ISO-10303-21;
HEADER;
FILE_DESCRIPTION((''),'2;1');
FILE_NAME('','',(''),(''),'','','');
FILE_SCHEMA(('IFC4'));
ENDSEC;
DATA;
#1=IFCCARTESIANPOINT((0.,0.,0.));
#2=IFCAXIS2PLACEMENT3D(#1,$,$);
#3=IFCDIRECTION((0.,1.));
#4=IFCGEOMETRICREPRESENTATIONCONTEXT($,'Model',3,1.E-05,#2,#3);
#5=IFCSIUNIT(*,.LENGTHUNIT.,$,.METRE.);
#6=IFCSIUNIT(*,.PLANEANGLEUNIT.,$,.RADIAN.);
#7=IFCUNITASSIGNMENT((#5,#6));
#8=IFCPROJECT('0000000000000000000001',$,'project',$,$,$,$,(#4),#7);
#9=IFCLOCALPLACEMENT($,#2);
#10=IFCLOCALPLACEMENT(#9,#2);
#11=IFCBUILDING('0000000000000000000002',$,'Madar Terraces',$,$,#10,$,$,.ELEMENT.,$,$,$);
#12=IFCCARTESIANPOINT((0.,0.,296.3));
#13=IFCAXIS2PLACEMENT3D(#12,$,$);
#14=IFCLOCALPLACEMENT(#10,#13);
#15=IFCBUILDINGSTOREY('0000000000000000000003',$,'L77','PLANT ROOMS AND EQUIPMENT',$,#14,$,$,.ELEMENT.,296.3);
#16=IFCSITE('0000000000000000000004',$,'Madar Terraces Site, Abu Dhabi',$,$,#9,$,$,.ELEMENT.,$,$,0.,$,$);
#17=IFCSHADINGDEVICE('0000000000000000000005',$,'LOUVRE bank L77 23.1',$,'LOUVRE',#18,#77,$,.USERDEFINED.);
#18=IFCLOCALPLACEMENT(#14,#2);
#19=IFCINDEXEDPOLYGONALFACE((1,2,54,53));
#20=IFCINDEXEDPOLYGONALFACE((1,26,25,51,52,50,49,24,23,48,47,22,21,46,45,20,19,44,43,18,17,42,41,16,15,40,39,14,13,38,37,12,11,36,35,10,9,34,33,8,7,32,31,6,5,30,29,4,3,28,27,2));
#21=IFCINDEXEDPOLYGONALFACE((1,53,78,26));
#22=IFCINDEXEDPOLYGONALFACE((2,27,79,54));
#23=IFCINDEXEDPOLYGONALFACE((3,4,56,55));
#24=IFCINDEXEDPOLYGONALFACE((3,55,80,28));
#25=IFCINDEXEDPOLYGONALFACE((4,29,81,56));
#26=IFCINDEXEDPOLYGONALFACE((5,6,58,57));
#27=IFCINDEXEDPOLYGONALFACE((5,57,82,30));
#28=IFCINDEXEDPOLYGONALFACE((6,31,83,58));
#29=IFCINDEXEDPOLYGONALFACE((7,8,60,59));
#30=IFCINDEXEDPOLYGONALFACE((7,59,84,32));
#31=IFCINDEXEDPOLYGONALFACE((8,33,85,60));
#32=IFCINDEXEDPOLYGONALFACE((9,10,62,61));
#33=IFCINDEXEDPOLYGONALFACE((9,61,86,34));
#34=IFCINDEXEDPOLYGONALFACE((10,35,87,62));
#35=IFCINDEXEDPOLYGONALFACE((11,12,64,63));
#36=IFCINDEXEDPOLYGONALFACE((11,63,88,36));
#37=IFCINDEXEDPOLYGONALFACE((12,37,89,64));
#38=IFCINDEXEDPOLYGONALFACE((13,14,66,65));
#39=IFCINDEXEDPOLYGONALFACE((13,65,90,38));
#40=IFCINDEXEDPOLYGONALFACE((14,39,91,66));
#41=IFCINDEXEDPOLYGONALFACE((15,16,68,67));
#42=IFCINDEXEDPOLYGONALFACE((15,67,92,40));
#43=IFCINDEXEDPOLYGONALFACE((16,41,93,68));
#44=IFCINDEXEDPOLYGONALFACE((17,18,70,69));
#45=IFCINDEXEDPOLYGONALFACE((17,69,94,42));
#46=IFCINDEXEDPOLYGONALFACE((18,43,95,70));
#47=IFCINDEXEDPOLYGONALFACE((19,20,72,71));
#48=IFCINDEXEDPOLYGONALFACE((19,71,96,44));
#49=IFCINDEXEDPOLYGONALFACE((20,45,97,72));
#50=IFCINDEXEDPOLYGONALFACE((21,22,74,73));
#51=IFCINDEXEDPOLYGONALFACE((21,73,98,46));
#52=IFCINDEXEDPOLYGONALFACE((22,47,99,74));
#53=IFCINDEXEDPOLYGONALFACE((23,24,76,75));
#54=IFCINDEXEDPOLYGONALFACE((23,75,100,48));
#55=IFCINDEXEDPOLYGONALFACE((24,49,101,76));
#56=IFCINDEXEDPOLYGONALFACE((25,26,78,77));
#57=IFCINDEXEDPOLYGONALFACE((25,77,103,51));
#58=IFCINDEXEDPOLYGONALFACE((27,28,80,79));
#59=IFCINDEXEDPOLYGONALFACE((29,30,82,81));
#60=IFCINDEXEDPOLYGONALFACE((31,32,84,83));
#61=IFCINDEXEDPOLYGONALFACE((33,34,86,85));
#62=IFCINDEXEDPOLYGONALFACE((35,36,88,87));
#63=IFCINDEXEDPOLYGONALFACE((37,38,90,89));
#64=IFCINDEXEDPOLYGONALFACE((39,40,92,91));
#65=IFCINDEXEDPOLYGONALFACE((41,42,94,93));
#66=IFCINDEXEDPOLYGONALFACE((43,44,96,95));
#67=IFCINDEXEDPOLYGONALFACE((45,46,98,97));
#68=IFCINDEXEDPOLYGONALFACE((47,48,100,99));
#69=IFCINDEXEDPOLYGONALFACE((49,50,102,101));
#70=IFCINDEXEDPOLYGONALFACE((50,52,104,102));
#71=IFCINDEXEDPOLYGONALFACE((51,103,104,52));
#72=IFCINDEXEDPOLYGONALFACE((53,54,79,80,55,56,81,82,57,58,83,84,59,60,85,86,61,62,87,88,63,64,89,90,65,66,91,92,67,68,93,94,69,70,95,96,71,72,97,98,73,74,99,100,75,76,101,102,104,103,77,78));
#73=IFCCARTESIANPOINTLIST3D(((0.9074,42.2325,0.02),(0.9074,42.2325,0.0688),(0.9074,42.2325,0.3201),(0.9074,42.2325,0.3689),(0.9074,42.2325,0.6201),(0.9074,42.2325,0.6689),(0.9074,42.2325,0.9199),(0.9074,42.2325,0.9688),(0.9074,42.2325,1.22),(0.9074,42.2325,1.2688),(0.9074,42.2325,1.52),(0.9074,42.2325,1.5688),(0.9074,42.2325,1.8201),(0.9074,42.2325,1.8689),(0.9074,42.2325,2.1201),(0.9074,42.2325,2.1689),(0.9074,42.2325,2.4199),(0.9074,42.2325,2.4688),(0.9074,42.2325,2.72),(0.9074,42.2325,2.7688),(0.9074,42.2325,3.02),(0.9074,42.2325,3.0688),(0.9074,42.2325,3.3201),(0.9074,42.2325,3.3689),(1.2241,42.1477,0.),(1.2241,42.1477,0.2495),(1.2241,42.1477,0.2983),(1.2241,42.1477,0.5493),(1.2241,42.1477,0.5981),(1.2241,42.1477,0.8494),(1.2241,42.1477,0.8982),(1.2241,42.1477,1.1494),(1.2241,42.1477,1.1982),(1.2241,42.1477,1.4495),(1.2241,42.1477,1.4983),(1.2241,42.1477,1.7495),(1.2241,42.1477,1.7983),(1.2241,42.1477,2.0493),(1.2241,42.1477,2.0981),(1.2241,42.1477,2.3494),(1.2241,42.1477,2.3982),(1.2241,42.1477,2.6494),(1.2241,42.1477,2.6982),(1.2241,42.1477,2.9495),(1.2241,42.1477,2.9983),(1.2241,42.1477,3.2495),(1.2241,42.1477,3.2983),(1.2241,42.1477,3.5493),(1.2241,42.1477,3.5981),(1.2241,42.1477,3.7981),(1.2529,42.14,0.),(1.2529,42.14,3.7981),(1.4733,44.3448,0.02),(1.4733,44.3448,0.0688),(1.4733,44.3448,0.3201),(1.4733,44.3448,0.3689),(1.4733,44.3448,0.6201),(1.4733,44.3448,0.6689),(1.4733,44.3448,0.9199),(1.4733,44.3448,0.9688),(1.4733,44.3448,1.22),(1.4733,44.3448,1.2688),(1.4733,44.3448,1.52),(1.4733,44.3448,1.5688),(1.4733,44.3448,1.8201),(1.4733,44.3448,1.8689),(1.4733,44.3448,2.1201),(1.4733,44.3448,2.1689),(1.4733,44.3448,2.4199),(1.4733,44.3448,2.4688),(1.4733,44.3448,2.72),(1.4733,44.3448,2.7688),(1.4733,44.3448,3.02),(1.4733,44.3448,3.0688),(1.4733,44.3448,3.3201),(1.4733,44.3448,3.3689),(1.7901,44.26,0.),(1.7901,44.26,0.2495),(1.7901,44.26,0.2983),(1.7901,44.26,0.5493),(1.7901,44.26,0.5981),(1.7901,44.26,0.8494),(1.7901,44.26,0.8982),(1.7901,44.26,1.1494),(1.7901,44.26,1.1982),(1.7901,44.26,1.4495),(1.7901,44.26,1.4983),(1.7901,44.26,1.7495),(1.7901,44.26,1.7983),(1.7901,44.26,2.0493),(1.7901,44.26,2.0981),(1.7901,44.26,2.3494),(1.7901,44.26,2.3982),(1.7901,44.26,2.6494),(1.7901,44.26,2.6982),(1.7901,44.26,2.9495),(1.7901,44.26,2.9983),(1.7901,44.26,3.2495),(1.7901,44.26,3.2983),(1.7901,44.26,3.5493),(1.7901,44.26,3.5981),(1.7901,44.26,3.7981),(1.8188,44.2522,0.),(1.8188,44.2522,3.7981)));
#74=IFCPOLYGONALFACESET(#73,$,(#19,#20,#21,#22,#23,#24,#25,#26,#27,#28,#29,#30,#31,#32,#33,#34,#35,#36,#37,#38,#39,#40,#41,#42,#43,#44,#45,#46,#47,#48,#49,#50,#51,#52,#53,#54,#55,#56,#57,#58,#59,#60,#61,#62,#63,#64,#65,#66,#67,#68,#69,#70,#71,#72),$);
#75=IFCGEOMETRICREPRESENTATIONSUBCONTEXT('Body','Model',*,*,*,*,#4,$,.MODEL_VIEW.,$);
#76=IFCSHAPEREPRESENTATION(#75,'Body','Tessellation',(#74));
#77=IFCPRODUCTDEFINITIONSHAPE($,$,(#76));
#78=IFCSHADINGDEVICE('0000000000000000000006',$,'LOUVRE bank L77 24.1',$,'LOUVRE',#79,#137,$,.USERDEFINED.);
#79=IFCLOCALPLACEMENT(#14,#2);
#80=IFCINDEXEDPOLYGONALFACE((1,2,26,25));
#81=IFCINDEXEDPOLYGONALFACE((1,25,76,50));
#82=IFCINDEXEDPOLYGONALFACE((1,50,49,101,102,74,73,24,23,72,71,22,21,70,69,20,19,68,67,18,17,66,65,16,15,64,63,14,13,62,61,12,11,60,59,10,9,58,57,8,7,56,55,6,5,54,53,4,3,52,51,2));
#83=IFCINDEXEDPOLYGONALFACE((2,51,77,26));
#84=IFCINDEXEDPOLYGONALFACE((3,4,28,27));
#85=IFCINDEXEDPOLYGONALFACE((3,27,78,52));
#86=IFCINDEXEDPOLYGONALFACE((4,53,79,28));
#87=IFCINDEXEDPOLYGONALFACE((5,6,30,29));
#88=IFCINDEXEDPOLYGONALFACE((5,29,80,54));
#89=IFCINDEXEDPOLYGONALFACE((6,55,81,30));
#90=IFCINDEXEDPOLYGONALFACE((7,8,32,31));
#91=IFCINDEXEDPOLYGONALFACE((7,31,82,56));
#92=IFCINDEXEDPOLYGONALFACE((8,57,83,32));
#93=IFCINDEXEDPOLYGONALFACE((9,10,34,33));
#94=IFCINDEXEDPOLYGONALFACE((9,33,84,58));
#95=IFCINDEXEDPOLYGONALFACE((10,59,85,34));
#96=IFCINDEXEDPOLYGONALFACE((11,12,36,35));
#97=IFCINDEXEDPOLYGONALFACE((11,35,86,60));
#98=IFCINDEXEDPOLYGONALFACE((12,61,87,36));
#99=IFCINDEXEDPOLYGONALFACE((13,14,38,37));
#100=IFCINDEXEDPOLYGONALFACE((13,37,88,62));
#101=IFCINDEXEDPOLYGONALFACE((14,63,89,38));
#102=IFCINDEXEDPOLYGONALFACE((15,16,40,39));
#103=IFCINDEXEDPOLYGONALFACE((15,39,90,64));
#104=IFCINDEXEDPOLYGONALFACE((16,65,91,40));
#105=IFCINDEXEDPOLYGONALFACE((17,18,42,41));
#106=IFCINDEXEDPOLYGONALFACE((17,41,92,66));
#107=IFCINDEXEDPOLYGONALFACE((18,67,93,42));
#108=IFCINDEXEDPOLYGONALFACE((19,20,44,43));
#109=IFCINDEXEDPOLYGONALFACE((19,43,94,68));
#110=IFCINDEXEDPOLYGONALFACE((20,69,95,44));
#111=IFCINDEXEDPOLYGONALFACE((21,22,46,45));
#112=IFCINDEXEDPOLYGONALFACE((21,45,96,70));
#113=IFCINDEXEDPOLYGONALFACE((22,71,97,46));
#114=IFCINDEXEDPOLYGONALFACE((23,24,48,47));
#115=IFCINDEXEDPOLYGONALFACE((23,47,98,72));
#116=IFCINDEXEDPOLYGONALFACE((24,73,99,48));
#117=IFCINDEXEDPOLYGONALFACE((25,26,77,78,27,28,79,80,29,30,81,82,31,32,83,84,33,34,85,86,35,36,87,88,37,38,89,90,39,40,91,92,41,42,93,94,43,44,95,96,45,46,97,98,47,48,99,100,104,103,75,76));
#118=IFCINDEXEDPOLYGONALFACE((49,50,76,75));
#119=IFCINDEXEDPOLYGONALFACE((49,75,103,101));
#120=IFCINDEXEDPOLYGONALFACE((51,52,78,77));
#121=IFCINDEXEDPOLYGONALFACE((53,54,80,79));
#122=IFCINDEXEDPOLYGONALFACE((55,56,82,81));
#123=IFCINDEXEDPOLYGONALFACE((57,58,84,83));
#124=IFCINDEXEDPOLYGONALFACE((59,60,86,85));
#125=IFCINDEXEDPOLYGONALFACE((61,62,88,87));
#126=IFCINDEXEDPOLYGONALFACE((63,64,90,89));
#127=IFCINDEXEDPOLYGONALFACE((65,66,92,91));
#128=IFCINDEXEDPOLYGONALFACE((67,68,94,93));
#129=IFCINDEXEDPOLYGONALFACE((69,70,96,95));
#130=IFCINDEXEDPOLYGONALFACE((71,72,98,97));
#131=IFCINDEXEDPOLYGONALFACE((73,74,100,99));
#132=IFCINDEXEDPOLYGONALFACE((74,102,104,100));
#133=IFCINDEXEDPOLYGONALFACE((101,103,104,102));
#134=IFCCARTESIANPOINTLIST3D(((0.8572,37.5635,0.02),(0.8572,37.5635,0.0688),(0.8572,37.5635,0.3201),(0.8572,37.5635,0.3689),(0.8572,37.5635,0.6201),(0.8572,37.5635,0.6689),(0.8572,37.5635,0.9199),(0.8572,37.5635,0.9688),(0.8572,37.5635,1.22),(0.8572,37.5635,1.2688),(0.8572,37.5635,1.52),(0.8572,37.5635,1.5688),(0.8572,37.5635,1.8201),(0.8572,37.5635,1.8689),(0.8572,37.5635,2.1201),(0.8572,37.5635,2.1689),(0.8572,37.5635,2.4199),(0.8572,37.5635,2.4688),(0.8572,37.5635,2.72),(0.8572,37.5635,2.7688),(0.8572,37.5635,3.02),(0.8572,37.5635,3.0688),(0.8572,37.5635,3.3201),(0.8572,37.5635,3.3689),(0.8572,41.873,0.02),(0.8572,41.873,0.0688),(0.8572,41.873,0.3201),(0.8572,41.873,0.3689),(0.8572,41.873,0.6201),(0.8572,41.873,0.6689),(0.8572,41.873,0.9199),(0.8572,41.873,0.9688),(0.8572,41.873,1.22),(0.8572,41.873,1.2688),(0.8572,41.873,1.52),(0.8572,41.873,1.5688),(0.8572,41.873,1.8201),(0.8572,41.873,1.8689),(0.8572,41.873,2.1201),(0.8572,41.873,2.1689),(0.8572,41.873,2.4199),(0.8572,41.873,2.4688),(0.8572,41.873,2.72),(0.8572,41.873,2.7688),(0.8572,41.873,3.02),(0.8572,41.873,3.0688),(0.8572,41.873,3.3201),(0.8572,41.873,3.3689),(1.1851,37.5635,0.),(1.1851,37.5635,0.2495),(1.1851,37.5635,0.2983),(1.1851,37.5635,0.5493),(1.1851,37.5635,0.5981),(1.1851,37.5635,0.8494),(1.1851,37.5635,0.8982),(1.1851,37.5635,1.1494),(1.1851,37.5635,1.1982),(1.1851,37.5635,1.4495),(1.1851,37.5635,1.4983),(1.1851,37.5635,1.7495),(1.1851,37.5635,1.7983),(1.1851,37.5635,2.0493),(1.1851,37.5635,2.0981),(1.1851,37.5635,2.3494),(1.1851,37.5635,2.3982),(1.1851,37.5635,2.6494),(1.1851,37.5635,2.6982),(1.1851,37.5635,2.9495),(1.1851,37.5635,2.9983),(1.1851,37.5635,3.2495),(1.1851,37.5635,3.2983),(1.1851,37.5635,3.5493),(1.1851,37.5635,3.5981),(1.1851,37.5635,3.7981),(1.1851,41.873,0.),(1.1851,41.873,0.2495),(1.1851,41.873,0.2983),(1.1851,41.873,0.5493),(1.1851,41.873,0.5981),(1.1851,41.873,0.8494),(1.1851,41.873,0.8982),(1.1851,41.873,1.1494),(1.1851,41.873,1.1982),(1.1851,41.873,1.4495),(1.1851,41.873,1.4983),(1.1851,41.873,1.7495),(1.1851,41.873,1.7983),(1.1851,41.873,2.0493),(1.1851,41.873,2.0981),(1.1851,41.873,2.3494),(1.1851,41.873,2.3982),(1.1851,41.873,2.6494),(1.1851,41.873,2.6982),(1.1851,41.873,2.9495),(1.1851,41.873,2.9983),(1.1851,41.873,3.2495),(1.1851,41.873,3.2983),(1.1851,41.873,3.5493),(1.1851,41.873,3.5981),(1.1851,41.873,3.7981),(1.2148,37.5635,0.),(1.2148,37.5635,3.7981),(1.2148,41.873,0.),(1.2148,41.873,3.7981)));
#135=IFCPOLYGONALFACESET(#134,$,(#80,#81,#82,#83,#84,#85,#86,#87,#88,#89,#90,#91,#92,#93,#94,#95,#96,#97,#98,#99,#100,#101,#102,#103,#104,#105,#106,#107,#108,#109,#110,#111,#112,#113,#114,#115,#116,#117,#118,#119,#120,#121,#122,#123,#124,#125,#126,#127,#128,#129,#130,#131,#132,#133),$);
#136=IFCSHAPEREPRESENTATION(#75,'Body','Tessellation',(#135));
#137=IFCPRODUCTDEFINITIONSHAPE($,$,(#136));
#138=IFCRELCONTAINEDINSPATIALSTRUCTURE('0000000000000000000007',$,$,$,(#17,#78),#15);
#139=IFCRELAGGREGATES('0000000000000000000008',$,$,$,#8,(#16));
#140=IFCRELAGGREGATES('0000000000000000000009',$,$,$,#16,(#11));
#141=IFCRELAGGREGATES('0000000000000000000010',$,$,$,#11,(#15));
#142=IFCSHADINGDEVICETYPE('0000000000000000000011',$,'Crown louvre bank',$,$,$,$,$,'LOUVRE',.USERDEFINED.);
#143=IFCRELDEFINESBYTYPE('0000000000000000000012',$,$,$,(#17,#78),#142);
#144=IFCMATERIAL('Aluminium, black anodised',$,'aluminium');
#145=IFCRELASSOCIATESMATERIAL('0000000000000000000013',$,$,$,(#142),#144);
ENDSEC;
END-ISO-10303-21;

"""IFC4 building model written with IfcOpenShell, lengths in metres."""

from ifc_helpers import new_model, si_unit, direction, frame, origin, place, context, subcontext, project, spatial, polyline, outline, extrude, material, type_object, element, save


model = new_model("IFC4")

# Units and contexts
model_context = context("Model", 3, precision=1e-05, world=origin(), true_north=direction((0.0, 1.0)))
body_context = subcontext(model_context, "Body", "Model", "MODEL_VIEW")
ifc_project = project(units=[si_unit("LENGTHUNIT", "METRE"), si_unit("PLANEANGLEUNIT", "RADIAN")], contexts=[model_context])

# Site, building, storey
site_placement = place(None, origin())
site = spatial("IfcSite", under=ifc_project, at=site_placement, Name="Madar Terraces Site, Abu Dhabi", CompositionType="ELEMENT", RefElevation=0.0)
building_placement = place(site_placement, origin())
building = spatial("IfcBuilding", under=site, at=building_placement, Name="Madar Terraces", CompositionType="ELEMENT")
storey_placement = place(building_placement, frame((0.0, 0.0, 296.3)))
storey = spatial("IfcBuildingStorey", under=building, at=storey_placement, Name="L77", Description="PLANT ROOMS AND EQUIPMENT", CompositionType="ELEMENT", Elevation=296.3)

# Shading devices
ifc_material_1 = material(Name="Aluminium, black anodised", Category="aluminium")
shading_device_type = type_object("IfcShadingDeviceType", Name="Crown louvre bank", ElementType="LOUVRE", PredefinedType="USERDEFINED", material=ifc_material_1)
shading_device_1_placement = place(storey_placement, frame((1.8044, 44.2561, 0.0), z_axis=(-0.258788, -0.965934, 0.0), x_axis=(0.965934, -0.258788, 0.0)))
element("IfcShadingDevice", 1, at=shading_device_1_placement, inside=storey, type_object=shading_device_type, Name="LOUVRE bank L77 23.1", ObjectType="LOUVRE", PredefinedType="USERDEFINED", context=body_context, shape_type="SweptSolid", body=[
    extrude(outline(polyline([(0.0149, 0.0), (-0.0149, 0.0), (-0.0149, 0.2495), (-0.3428, 0.02), (-0.3428, 0.0688), (-0.0149, 0.2983), (-0.0149, 0.5493), (-0.3428, 0.3201), (-0.3428, 0.3689), (-0.0149, 0.5981), (-0.0149, 0.8494), (-0.3428, 0.6201), (-0.3428, 0.6689), (-0.0149, 0.8982), (-0.0149, 1.1494), (-0.3428, 0.9199), (-0.3428, 0.9688), (-0.0149, 1.1982), (-0.0149, 1.4495), (-0.3428, 1.22), (-0.3428, 1.2688), (-0.0149, 1.4983), (-0.0149, 1.7495), (-0.3428, 1.52), (-0.3428, 1.5688), (-0.0149, 1.7983), (-0.0149, 2.0493), (-0.3428, 1.8201), (-0.3428, 1.8689), (-0.0149, 2.0981), (-0.0149, 2.3494), (-0.3428, 2.1201), (-0.3428, 2.1689), (-0.0149, 2.3982), (-0.0149, 2.6494), (-0.3428, 2.4199), (-0.3428, 2.4688), (-0.0149, 2.6982), (-0.0149, 2.9495), (-0.3428, 2.72), (-0.3428, 2.7688), (-0.0149, 2.9983), (-0.0149, 3.2495), (-0.3428, 3.02), (-0.3428, 3.0688), (-0.0149, 3.2983), (-0.0149, 3.5493), (-0.3428, 3.3201), (-0.3428, 3.3689), (-0.0149, 3.5981), (-0.0149, 3.7981), (0.0149, 3.7981), (0.0149, 0.0)])), origin(), (0.0, 0.0, 1.0), 2.1868),
])
shading_device_2_placement = place(storey_placement, frame((1.2, 41.873, 0.0), z_axis=(0.0, -1.0, 0.0), x_axis=(1.0, 0.0, 0.0)))
element("IfcShadingDevice", 2, at=shading_device_2_placement, inside=storey, type_object=shading_device_type, Name="LOUVRE bank L77 24.1", ObjectType="LOUVRE", PredefinedType="USERDEFINED", context=body_context, shape_type="SweptSolid", body=[
    extrude(outline(polyline([(0.0149, 0.0), (-0.0149, 0.0), (-0.0149, 0.2495), (-0.3428, 0.02), (-0.3428, 0.0688), (-0.0149, 0.2983), (-0.0149, 0.5493), (-0.3428, 0.3201), (-0.3428, 0.3689), (-0.0149, 0.5981), (-0.0149, 0.8494), (-0.3428, 0.6201), (-0.3428, 0.6689), (-0.0149, 0.8982), (-0.0149, 1.1494), (-0.3428, 0.9199), (-0.3428, 0.9688), (-0.0149, 1.1982), (-0.0149, 1.4495), (-0.3428, 1.22), (-0.3428, 1.2688), (-0.0149, 1.4983), (-0.0149, 1.7495), (-0.3428, 1.52), (-0.3428, 1.5688), (-0.0149, 1.7983), (-0.0149, 2.0493), (-0.3428, 1.8201), (-0.3428, 1.8689), (-0.0149, 2.0981), (-0.0149, 2.3494), (-0.3428, 2.1201), (-0.3428, 2.1689), (-0.0149, 2.3982), (-0.0149, 2.6494), (-0.3428, 2.4199), (-0.3428, 2.4688), (-0.0149, 2.6982), (-0.0149, 2.9495), (-0.3428, 2.72), (-0.3428, 2.7688), (-0.0149, 2.9983), (-0.0149, 3.2495), (-0.3428, 3.02), (-0.3428, 3.0688), (-0.0149, 3.2983), (-0.0149, 3.5493), (-0.3428, 3.3201), (-0.3428, 3.3689), (-0.0149, 3.5981), (-0.0149, 3.7981), (0.0149, 3.7981), (0.0149, 0.0)])), origin(), (0.0, 0.0, 1.0), 4.3096),
])

save(model, "model.ifc")
